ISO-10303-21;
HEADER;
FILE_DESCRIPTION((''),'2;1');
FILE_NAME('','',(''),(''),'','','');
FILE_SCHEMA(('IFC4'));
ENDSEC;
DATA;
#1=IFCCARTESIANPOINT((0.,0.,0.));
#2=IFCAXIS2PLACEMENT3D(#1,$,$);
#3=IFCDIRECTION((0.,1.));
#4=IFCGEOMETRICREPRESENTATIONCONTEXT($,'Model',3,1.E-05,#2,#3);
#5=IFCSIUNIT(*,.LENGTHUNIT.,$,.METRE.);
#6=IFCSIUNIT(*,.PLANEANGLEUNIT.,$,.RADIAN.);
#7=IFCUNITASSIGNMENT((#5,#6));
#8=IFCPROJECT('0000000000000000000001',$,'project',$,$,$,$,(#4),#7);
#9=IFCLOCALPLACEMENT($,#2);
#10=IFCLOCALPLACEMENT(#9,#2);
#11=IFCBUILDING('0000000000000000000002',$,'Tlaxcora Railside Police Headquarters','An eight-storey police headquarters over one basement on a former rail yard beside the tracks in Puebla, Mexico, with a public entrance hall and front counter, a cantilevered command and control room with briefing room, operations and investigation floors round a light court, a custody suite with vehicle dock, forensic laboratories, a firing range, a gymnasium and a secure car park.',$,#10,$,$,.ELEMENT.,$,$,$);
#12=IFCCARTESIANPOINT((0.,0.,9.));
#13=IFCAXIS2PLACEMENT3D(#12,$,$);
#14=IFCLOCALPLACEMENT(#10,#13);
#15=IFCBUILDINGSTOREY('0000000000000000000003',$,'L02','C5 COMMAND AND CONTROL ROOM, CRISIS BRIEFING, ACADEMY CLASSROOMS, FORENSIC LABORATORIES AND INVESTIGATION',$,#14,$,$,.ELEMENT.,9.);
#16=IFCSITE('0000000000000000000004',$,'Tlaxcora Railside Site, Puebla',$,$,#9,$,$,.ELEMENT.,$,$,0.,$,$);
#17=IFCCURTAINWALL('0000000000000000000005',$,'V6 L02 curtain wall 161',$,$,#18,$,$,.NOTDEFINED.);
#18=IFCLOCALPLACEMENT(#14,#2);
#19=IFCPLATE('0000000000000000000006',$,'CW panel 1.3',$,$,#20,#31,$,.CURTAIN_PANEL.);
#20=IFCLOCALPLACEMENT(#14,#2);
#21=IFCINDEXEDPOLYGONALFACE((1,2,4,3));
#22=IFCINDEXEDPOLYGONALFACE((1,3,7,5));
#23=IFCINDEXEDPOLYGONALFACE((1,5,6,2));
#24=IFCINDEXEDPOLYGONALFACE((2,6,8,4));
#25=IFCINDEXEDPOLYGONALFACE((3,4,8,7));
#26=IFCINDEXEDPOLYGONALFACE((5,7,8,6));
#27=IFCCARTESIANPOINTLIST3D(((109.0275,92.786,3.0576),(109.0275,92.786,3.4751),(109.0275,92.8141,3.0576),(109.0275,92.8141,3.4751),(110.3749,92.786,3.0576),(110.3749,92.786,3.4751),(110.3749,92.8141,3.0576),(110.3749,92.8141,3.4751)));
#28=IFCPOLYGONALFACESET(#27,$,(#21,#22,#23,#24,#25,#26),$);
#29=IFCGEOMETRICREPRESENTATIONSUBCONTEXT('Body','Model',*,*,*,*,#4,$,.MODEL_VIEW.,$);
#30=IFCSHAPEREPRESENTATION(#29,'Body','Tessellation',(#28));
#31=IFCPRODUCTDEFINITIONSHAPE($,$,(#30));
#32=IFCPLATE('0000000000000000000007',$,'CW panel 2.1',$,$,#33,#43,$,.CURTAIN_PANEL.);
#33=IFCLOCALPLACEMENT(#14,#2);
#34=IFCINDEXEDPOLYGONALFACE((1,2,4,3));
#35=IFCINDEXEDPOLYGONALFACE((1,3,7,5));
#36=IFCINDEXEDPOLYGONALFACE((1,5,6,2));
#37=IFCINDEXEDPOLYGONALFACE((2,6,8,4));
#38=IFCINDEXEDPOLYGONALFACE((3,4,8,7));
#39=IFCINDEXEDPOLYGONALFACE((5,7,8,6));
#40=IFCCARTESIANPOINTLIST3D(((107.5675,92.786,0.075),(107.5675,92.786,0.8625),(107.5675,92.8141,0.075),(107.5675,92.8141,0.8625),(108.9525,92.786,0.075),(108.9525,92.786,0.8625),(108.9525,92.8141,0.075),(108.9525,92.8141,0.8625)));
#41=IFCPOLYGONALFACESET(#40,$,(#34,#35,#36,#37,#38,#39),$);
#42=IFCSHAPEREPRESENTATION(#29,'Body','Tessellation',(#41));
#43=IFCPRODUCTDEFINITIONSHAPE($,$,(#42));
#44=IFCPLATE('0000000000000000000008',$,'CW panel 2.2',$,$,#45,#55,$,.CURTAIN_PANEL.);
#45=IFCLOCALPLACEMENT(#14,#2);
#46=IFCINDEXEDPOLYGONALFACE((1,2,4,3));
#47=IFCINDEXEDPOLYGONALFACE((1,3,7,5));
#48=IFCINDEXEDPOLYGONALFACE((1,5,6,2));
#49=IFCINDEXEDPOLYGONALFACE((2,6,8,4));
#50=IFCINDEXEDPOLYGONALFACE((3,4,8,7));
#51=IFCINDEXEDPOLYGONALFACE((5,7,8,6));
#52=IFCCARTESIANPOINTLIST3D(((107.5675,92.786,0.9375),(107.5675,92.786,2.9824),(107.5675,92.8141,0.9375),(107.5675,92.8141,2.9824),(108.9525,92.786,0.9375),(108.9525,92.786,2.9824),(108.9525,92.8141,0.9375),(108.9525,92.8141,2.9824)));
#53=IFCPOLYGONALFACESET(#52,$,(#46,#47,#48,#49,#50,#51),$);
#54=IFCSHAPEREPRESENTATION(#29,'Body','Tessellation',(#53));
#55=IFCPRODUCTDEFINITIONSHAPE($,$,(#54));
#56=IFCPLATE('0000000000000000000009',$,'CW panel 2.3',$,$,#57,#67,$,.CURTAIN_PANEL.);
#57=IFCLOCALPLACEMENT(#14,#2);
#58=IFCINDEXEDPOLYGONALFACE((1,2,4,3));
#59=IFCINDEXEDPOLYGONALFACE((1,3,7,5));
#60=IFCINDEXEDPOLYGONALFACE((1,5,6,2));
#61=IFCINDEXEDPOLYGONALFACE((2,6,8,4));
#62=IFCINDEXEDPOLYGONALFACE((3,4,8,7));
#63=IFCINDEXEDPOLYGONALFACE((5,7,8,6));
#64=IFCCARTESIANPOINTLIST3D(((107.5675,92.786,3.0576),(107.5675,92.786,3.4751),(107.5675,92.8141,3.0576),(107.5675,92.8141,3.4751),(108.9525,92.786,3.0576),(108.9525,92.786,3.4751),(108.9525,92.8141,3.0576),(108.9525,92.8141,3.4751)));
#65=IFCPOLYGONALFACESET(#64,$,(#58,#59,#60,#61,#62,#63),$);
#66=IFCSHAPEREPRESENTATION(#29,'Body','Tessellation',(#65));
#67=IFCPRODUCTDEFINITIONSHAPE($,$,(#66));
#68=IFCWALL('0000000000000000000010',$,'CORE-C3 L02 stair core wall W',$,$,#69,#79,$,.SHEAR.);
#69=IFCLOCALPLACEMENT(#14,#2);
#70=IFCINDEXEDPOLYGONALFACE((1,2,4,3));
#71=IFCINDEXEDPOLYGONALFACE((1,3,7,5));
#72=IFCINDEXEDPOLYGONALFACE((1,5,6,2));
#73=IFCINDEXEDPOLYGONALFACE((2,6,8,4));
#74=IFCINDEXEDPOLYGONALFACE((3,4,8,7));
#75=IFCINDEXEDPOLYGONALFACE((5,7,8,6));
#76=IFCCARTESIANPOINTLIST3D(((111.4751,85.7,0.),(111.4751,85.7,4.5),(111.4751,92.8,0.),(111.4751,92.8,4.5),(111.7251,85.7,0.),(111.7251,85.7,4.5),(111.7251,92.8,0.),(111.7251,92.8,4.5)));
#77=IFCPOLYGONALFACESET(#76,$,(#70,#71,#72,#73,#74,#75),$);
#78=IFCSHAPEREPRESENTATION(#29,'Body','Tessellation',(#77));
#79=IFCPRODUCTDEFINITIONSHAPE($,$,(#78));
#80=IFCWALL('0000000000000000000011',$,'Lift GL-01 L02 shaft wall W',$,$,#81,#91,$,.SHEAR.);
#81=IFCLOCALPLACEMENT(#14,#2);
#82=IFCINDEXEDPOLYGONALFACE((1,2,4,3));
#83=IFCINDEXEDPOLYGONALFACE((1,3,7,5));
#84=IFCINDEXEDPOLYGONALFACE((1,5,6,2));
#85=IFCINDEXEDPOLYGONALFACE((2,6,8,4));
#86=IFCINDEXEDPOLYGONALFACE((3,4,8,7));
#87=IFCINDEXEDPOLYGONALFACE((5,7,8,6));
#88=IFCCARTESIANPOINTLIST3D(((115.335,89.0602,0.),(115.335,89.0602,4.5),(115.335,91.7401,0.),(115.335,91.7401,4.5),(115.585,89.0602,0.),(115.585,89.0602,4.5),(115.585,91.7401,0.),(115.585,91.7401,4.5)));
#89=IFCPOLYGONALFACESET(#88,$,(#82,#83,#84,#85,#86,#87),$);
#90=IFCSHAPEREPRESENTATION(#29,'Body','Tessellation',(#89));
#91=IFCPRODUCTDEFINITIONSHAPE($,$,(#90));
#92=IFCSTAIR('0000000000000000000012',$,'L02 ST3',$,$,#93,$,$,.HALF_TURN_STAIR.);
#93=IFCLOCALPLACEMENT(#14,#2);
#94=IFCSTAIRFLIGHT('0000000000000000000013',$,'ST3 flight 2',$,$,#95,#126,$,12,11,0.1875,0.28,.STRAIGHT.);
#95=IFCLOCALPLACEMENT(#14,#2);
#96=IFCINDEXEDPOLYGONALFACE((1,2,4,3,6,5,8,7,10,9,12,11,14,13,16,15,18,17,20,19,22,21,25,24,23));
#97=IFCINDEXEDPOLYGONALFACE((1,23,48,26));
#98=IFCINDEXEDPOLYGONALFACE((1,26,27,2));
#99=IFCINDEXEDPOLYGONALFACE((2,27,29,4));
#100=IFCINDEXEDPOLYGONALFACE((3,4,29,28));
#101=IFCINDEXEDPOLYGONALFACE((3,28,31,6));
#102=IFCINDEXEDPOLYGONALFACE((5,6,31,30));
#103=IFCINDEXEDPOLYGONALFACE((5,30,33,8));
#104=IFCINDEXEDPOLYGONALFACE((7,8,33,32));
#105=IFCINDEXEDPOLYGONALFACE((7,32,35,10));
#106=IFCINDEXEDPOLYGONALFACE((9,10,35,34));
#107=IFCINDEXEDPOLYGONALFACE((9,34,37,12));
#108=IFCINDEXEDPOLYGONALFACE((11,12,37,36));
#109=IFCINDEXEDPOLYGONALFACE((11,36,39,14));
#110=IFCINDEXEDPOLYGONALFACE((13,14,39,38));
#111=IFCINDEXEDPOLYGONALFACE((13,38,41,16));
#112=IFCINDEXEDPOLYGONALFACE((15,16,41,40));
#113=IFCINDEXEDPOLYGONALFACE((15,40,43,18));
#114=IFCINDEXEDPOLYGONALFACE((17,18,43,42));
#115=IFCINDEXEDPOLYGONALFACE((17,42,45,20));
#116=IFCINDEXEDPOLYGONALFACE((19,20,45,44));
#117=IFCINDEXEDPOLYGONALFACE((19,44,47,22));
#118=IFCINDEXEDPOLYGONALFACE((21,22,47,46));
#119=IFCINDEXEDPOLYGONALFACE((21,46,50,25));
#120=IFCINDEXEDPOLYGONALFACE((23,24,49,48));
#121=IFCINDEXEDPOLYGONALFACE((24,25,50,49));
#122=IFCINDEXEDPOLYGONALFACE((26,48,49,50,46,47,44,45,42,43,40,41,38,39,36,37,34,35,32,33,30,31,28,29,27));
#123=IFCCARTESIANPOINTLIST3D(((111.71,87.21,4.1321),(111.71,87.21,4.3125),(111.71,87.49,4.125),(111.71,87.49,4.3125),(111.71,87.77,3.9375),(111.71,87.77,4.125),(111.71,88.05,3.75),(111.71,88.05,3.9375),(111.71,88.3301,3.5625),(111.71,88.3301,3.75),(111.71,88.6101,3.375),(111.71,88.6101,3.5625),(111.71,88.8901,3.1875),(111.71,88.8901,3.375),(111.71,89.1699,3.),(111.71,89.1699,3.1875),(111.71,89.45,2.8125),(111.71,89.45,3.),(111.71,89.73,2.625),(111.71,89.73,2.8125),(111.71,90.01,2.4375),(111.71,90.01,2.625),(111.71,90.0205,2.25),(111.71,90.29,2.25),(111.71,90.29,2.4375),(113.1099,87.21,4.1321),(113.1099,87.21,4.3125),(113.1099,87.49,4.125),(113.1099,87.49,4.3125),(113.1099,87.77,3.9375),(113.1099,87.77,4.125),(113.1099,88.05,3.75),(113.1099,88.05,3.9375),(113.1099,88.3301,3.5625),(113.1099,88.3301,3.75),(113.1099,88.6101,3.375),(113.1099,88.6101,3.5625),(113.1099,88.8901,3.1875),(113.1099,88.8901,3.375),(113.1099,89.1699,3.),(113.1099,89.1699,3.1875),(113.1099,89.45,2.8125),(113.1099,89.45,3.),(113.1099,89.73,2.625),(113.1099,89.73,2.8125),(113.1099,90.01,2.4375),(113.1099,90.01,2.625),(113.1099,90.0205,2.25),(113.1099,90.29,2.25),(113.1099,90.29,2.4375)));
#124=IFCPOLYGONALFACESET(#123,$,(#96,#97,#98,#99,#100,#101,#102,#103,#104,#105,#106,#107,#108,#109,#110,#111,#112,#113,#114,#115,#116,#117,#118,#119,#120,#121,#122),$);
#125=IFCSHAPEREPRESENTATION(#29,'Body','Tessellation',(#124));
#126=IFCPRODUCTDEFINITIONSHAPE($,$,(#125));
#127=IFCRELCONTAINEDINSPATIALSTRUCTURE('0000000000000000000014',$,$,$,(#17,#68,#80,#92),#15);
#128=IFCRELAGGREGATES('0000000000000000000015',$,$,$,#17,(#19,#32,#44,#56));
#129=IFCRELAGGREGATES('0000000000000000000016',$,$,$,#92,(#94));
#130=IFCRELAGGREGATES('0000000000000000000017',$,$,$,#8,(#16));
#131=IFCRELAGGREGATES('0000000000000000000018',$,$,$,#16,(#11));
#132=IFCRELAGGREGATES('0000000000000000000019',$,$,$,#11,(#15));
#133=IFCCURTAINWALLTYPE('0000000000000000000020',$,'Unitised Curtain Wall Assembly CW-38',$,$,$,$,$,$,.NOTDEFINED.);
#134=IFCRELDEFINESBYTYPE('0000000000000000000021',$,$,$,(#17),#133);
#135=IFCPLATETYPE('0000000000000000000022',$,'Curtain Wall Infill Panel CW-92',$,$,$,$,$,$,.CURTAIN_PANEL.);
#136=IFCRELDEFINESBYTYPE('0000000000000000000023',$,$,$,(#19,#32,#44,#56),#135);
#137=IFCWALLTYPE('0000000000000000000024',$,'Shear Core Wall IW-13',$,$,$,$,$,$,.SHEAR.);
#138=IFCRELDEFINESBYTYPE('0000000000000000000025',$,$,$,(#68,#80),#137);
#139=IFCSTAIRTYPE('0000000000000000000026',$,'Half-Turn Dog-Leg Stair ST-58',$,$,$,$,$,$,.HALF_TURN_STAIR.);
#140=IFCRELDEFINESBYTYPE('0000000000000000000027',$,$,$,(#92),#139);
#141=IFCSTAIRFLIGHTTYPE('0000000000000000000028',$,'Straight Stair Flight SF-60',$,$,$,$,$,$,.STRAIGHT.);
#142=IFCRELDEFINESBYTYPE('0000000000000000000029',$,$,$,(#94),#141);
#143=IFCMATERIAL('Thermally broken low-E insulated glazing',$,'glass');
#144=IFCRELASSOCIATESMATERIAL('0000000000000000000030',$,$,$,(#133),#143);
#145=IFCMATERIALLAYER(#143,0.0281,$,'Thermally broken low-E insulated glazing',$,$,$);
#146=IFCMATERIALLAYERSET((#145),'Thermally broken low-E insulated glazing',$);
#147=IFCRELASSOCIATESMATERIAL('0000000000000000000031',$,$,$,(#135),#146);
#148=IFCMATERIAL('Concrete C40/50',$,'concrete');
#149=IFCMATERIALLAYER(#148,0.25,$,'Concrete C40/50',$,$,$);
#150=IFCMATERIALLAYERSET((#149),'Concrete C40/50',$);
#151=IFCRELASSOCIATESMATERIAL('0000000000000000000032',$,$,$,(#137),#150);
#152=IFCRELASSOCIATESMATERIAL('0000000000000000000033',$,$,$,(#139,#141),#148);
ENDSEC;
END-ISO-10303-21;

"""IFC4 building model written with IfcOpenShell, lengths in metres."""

from ifc_helpers import new_model, si_unit, direction, frame, frame_2d, origin, origin_2d, place, context, subcontext, project, spatial, polyline, rectangle, outline, extrude, material, layer, layer_set, type_object, element, aggregate, save


model = new_model("IFC4")

# Units and contexts
model_context = context("Model", 3, precision=1e-05, world=origin(), true_north=direction((0.0, 1.0)))
body_context = subcontext(model_context, "Body", "Model", "MODEL_VIEW")
ifc_project = project(units=[si_unit("LENGTHUNIT", "METRE"), si_unit("PLANEANGLEUNIT", "RADIAN")], contexts=[model_context])

# Site, building, storey
site_placement = place(None, origin())
site = spatial("IfcSite", under=ifc_project, at=site_placement, Name="Tlaxcora Railside Site, Puebla", CompositionType="ELEMENT", RefElevation=0.0)
building_placement = place(site_placement, origin())
building = spatial("IfcBuilding", under=site, at=building_placement, Name="Tlaxcora Railside Police Headquarters", Description="An eight-storey police headquarters over one basement on a former rail yard beside the tracks in Puebla, Mexico, with a public entrance hall and front counter, a cantilevered command and control room with briefing room, operations and investigation floors round a light court, a custody suite with vehicle dock, forensic laboratories, a firing range, a gymnasium and a secure car park.", CompositionType="ELEMENT")
storey_placement = place(building_placement, frame((0.0, 0.0, 9.0)))
storey = spatial("IfcBuildingStorey", under=building, at=storey_placement, Name="L02", Description="C5 COMMAND AND CONTROL ROOM, CRISIS BRIEFING, ACADEMY CLASSROOMS, FORENSIC LABORATORIES AND INVESTIGATION", CompositionType="ELEMENT", Elevation=9.0)

# Shared definitions
ifc_material_1 = material(Name="Concrete C40/50", Category="concrete")

# Curtain wall, plates
ifc_material_2 = material(Name="Thermally broken low-E insulated glazing", Category="glass")
curtain_wall_type = type_object("IfcCurtainWallType", Name="Unitised Curtain Wall Assembly CW-38", PredefinedType="NOTDEFINED", material=ifc_material_2)
curtain_wall_placement = place(storey_placement, origin())
curtain_wall = element("IfcCurtainWall", 1, at=curtain_wall_placement, inside=storey, type_object=curtain_wall_type, Name="V6 L02 curtain wall 161", PredefinedType="NOTDEFINED")
ifc_layer_1 = layer(ifc_material_2, 0.0281, Name="Thermally broken low-E insulated glazing")
ifc_layer_set_1 = layer_set([ifc_layer_1], Name="Thermally broken low-E insulated glazing")
plate_type = type_object("IfcPlateType", Name="Curtain Wall Infill Panel CW-92", PredefinedType="CURTAIN_PANEL", material=ifc_layer_set_1)
plate_1_placement = place(storey_placement, frame((109.7012, 92.8, 3.0576), z_axis=(0.0, 0.0, 1.0), x_axis=(-1.0, 0.0, 0.0)))
plate_1 = element("IfcPlate", 2, at=plate_1_placement, type_object=plate_type, Name="CW panel 1.3", PredefinedType="CURTAIN_PANEL", context=body_context, shape_type="SweptSolid", body=[
    extrude(rectangle(XDim=1.3474, YDim=0.0281, at=origin_2d()), origin(), (0.0, 0.0, 1.0), 0.4175),
])
plate_2_placement = place(storey_placement, frame((108.26, 92.8, 0.075), z_axis=(0.0, 0.0, 1.0), x_axis=(-1.0, 0.0, 0.0)))
plate_2 = element("IfcPlate", 3, at=plate_2_placement, type_object=plate_type, Name="CW panel 2.1", PredefinedType="CURTAIN_PANEL", context=body_context, shape_type="SweptSolid", body=[
    extrude(rectangle(XDim=1.385, YDim=0.0281, at=origin_2d()), origin(), (0.0, 0.0, 1.0), 0.7876),
])
plate_3_placement = place(storey_placement, frame((108.26, 92.8, 0.9375), z_axis=(0.0, 0.0, 1.0), x_axis=(-1.0, 0.0, 0.0)))
plate_3 = element("IfcPlate", 4, at=plate_3_placement, type_object=plate_type, Name="CW panel 2.2", PredefinedType="CURTAIN_PANEL", context=body_context, shape_type="SweptSolid", body=[
    extrude(rectangle(XDim=1.385, YDim=0.0281, at=origin_2d()), origin(), (0.0, 0.0, 1.0), 2.0449),
])
plate_4_placement = place(storey_placement, frame((108.26, 92.8, 3.0576), z_axis=(0.0, 0.0, 1.0), x_axis=(-1.0, 0.0, 0.0)))
plate_4 = element("IfcPlate", 5, at=plate_4_placement, type_object=plate_type, Name="CW panel 2.3", PredefinedType="CURTAIN_PANEL", context=body_context, shape_type="SweptSolid", body=[
    extrude(rectangle(XDim=1.385, YDim=0.0281, at=origin_2d()), origin(), (0.0, 0.0, 1.0), 0.4175),
])
aggregate(curtain_wall, [plate_1, plate_2, plate_3, plate_4])

# Walls
ifc_layer_2 = layer(ifc_material_1, 0.25, Name="Concrete C40/50")
ifc_layer_set_2 = layer_set([ifc_layer_2], Name="Concrete C40/50")
wall_type = type_object("IfcWallType", Name="Shear Core Wall IW-13", PredefinedType="SHEAR", material=ifc_layer_set_2)
wall_1_placement = place(storey_placement, frame((111.6001, 92.8, 0.0), z_axis=(0.0, 0.0, 1.0), x_axis=(0.0, -1.0, 0.0)))
element("IfcWall", 6, at=wall_1_placement, inside=storey, type_object=wall_type, Name="CORE-C3 L02 stair core wall W", PredefinedType="SHEAR", context=body_context, shape_type="SweptSolid", body=[
    extrude(rectangle(XDim=7.1001, YDim=0.25, at=frame_2d((3.55, 0.0))), origin(), (0.0, 0.0, 1.0), 4.5),
])
wall_2_placement = place(storey_placement, frame((115.46, 91.74, 0.0), z_axis=(0.0, 0.0, 1.0), x_axis=(0.0, -1.0, 0.0)))
element("IfcWall", 7, at=wall_2_placement, inside=storey, type_object=wall_type, Name="Lift GL-01 L02 shaft wall W", PredefinedType="SHEAR", context=body_context, shape_type="SweptSolid", body=[
    extrude(rectangle(XDim=2.6799, YDim=0.25, at=frame_2d((1.3398, 0.0))), origin(), (0.0, 0.0, 1.0), 4.5),
])

# Stair, stair flight
stair_type = type_object("IfcStairType", Name="Half-Turn Dog-Leg Stair ST-58", PredefinedType="HALF_TURN_STAIR", material=ifc_material_1)
stair_placement = place(storey_placement, origin())
stair = element("IfcStair", 8, at=stair_placement, inside=storey, type_object=stair_type, Name="L02 ST3", PredefinedType="HALF_TURN_STAIR")
stair_flight_type = type_object("IfcStairFlightType", Name="Straight Stair Flight SF-60", PredefinedType="STRAIGHT", material=ifc_material_1)
stair_flight_placement = place(storey_placement, frame((112.4099, 90.29, 2.25), z_axis=(0.0, 0.0, 1.0), x_axis=(0.0, -1.0, 0.0)))
stair_flight = element("IfcStairFlight", 9, at=stair_flight_placement, type_object=stair_flight_type, Name="ST3 flight 2", NumberOfRisers=12, NumberOfTreads=11, PredefinedType="STRAIGHT", RiserHeight=0.1875, TreadLength=0.28, context=body_context, shape_type="SweptSolid", body=[
    extrude(outline(polyline([(0.0, 0.0), (0.0, 0.1875), (0.28, 0.1875), (0.28, 0.375), (0.5601, 0.375), (0.5601, 0.5625), (0.8401, 0.5625), (0.8401, 0.75), (1.1201, 0.75), (1.1201, 0.9375), (1.3999, 0.9375), (1.3999, 1.125), (1.6799, 1.125), (1.6799, 1.3125), (1.96, 1.3125), (1.96, 1.5), (2.24, 1.5), (2.24, 1.6875), (2.52, 1.6875), (2.52, 1.875), (2.8, 1.875), (2.8, 2.0625), (3.0801, 2.0625), (3.0801, 2.25), (3.0801, 1.8821), (0.2695, 0.0), (0.0, 0.0)])), frame((0.0, 0.7, 0.0), z_axis=(0.0, -1.0, 0.0), x_axis=(1.0, 0.0, 0.0)), (0.0, 0.0, 1.0), 1.3999),
])
aggregate(stair, [stair_flight])

save(model, "model.ifc")
